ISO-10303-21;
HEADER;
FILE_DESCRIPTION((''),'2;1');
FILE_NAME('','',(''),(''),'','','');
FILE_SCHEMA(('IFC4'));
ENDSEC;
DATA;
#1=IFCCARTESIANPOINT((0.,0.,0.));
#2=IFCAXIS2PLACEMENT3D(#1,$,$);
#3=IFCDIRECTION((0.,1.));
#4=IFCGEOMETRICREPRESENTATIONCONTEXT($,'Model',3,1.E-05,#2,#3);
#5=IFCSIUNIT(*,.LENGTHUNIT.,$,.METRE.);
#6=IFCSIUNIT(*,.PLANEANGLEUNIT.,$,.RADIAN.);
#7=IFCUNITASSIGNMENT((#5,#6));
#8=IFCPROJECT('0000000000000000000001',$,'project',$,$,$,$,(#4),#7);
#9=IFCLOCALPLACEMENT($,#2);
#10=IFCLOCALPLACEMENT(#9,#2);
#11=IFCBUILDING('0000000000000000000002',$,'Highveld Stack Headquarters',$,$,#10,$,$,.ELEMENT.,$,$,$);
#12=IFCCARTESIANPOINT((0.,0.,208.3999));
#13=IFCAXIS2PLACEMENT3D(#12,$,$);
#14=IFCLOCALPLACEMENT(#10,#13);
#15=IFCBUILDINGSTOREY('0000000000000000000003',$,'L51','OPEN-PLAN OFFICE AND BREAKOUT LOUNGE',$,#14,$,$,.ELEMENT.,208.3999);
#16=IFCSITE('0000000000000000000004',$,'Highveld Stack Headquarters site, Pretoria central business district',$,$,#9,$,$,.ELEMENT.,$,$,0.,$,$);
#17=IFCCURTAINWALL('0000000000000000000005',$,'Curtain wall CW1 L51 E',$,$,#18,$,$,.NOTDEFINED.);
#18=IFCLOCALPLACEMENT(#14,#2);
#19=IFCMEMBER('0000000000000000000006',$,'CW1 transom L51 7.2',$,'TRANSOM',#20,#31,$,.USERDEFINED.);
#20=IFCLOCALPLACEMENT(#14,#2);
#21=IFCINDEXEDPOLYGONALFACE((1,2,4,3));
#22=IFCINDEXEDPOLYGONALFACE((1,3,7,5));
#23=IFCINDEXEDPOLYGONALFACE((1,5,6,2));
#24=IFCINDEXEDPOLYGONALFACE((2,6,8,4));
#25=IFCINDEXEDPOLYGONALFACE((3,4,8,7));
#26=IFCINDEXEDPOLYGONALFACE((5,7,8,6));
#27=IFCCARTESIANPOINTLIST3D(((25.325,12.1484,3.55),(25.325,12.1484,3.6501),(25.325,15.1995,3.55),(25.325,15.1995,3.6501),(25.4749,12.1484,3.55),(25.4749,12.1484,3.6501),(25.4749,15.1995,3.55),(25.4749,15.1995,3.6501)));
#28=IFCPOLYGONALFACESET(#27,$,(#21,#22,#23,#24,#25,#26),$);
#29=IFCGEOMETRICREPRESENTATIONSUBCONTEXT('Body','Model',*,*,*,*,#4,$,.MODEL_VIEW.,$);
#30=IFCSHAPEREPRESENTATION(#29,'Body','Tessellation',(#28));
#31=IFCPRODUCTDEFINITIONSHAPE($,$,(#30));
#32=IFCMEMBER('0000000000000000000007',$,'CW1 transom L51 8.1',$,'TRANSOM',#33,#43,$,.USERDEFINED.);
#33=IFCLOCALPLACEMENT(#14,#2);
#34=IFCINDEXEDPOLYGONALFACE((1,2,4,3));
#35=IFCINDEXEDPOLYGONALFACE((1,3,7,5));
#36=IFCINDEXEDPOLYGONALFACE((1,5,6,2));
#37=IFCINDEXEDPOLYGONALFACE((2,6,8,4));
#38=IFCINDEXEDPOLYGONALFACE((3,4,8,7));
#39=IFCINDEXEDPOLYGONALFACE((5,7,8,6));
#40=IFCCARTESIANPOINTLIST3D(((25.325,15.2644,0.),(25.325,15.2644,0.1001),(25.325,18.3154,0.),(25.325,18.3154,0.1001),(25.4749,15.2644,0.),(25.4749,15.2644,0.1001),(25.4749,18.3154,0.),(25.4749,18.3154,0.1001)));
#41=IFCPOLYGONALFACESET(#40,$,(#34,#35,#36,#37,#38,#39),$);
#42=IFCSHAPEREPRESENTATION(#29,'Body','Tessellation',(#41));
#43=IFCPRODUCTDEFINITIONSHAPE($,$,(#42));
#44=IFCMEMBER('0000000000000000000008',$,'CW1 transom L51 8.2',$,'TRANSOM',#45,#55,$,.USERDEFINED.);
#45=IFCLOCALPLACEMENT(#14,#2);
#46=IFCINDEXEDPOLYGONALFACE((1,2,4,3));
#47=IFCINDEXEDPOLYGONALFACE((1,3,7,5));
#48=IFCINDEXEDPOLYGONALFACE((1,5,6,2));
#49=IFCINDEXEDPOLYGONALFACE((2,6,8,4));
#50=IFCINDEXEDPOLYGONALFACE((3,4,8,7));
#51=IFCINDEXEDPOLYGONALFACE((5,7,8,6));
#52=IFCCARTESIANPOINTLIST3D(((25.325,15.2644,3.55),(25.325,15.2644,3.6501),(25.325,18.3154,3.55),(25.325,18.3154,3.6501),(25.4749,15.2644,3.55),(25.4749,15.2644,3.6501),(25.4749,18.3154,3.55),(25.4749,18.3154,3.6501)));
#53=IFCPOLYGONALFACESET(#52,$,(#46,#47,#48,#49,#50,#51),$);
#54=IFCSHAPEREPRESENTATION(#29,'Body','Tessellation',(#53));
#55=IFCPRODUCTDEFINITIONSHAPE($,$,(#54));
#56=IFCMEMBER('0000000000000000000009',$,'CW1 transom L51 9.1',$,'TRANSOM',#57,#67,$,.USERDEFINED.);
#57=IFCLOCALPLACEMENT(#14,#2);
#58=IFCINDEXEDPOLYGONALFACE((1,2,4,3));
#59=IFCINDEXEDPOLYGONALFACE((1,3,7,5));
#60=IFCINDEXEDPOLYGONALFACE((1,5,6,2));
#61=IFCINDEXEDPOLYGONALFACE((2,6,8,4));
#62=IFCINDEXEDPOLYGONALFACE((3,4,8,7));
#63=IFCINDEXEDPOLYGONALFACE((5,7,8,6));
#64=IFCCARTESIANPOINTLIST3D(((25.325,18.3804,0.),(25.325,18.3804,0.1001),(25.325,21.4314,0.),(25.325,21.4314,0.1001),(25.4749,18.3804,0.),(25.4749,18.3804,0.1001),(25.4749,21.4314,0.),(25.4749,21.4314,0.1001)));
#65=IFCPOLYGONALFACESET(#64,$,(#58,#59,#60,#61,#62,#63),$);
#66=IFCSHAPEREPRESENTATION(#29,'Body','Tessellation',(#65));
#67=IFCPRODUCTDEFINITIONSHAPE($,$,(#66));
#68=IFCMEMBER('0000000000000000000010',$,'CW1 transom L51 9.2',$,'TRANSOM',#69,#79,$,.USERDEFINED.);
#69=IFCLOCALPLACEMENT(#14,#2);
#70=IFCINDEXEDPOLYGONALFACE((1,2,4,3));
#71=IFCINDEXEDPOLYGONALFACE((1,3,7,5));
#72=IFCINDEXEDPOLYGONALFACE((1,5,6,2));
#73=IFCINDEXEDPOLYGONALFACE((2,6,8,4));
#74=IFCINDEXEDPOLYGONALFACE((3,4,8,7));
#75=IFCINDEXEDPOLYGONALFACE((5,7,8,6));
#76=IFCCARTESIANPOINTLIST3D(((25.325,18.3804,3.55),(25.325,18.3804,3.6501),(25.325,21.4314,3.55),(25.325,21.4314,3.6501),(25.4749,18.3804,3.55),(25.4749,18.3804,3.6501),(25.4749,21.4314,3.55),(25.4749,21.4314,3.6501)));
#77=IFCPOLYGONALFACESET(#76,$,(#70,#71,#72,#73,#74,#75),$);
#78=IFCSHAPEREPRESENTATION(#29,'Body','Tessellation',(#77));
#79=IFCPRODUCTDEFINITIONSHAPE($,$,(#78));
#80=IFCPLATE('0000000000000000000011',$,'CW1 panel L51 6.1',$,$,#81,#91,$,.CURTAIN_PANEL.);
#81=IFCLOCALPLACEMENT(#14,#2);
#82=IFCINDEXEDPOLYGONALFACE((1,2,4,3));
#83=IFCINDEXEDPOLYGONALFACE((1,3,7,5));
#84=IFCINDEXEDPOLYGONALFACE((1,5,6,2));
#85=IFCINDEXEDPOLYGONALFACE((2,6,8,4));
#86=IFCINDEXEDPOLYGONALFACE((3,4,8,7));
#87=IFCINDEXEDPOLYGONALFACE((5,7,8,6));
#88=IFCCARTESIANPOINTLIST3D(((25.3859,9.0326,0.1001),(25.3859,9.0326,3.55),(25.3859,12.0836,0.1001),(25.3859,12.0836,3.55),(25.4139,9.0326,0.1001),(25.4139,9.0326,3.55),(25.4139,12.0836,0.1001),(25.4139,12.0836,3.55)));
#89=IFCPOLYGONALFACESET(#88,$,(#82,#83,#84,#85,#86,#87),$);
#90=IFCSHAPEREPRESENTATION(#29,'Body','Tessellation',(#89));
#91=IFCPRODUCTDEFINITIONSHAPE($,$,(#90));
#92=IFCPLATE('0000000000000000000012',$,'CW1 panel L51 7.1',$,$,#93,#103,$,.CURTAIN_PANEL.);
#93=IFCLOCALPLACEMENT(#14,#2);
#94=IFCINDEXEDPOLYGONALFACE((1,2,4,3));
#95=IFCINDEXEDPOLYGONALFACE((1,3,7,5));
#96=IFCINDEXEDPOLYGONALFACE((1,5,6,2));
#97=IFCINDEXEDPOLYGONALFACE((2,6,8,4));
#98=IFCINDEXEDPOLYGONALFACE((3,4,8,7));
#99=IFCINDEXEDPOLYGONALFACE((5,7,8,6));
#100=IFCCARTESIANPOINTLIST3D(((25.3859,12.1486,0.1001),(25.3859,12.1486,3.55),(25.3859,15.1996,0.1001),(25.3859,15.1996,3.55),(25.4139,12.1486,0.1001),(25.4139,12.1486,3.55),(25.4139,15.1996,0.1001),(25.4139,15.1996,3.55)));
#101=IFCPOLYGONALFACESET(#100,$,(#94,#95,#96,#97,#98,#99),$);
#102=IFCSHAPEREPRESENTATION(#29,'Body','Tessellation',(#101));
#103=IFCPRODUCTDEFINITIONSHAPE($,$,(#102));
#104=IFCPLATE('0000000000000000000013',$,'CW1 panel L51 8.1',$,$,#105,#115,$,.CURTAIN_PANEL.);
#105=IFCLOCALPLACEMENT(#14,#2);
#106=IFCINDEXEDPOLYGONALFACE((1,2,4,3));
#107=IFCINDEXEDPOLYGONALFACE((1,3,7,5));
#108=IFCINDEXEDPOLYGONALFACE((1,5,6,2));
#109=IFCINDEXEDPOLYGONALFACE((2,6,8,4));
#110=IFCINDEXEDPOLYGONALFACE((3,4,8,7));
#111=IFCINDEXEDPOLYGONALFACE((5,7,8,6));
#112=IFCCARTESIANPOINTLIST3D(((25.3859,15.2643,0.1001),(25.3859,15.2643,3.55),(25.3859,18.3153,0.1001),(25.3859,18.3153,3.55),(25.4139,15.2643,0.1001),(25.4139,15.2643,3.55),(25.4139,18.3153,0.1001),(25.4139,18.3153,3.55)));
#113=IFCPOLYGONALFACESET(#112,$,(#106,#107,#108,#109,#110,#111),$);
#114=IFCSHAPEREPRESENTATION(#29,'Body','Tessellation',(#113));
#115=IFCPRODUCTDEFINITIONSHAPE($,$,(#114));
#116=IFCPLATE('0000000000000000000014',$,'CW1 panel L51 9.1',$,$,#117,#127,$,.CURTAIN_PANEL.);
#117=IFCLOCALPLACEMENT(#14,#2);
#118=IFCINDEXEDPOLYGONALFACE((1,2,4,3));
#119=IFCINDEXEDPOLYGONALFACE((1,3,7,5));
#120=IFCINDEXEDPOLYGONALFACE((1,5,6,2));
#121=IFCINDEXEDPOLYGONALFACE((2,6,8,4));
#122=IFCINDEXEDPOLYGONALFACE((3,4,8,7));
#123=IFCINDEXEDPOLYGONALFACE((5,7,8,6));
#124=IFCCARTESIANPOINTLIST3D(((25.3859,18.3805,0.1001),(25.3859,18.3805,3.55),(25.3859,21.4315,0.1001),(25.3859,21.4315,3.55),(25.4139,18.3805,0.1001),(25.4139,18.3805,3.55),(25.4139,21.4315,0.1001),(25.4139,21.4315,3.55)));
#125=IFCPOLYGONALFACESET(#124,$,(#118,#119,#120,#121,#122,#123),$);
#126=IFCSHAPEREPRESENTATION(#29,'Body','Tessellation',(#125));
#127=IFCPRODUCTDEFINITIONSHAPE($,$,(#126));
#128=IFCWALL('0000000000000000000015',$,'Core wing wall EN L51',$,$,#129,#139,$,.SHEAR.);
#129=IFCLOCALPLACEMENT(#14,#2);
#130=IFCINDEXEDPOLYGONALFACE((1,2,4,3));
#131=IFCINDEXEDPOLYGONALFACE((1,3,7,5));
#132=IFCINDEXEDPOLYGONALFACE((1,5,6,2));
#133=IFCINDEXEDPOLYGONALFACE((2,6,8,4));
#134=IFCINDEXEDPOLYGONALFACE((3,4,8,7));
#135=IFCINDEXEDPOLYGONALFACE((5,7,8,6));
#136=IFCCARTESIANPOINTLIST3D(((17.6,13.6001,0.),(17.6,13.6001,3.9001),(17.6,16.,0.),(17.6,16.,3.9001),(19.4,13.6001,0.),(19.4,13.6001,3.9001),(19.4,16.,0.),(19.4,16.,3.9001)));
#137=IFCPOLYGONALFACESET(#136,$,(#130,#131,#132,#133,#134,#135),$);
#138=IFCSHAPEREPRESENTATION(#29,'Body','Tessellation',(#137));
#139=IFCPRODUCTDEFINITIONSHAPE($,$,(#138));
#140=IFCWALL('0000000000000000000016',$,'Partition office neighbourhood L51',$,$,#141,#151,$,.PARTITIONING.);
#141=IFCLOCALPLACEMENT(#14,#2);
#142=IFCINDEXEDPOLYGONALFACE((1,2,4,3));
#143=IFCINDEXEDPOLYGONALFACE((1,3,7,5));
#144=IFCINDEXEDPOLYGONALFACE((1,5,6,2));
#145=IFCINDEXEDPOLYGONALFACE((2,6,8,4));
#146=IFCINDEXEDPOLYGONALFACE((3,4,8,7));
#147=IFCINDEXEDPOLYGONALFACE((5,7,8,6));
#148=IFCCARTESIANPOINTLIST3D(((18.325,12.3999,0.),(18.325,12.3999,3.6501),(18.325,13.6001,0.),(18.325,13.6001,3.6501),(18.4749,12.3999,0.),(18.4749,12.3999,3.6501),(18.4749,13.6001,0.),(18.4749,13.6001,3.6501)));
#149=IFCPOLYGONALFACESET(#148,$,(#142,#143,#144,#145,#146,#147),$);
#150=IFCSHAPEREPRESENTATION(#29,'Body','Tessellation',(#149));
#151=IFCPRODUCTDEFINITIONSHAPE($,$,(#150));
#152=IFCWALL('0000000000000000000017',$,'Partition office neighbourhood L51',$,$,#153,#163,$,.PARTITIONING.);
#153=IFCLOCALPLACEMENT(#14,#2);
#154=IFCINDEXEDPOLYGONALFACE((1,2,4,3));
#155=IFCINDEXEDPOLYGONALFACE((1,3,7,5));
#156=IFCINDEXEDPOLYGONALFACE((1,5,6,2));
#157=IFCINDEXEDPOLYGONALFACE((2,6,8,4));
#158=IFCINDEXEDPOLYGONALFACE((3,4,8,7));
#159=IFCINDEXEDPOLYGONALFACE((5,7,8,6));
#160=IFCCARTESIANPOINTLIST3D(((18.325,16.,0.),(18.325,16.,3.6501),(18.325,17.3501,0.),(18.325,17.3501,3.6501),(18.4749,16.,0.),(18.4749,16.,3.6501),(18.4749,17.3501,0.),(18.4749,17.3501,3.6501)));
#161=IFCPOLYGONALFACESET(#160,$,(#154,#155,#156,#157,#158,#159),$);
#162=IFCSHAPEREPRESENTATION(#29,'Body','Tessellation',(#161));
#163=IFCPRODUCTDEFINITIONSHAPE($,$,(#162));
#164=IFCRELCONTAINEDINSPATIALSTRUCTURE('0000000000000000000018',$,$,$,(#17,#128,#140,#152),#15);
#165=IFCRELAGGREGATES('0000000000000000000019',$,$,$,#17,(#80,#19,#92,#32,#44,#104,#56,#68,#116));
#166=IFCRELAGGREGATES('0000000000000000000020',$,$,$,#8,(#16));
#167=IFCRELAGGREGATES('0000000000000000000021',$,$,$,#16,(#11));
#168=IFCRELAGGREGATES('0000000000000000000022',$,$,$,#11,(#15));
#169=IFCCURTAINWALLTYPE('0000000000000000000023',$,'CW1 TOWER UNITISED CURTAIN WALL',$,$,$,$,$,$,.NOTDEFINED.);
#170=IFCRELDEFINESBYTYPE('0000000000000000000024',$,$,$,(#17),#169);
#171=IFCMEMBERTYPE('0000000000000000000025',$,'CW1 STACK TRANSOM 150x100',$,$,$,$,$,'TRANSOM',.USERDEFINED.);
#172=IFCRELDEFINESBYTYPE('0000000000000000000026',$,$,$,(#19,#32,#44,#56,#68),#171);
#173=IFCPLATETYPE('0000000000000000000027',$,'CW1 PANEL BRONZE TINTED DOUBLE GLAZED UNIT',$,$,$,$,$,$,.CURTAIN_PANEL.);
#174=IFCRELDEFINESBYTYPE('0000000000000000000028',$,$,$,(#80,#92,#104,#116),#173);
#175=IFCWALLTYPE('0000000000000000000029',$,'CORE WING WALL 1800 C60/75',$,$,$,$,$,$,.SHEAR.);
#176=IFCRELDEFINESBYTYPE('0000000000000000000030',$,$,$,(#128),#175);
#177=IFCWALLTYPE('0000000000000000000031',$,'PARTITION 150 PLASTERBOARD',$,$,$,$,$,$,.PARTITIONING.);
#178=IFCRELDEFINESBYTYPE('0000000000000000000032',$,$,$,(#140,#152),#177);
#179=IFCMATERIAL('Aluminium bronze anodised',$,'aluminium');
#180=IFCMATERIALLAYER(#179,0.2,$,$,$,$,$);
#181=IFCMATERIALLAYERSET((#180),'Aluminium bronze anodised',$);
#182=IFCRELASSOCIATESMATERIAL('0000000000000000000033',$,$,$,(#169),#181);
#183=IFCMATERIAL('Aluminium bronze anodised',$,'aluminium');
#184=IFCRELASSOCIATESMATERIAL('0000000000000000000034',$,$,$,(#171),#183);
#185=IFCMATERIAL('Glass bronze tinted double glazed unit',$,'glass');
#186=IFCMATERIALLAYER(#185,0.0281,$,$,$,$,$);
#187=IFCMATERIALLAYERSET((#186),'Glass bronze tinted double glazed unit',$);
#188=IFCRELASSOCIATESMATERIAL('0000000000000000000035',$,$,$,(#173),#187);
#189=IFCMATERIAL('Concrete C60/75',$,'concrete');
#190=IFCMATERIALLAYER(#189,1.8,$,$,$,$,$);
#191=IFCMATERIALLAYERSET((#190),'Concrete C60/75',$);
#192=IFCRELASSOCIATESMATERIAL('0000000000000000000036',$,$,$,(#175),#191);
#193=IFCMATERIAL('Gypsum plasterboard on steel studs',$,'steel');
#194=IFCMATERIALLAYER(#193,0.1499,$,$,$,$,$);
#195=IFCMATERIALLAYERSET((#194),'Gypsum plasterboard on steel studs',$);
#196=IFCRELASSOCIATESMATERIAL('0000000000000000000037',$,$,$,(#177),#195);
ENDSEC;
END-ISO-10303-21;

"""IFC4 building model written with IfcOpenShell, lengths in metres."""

from ifc_helpers import new_model, si_unit, direction, frame, frame_2d, origin, origin_2d, place, context, subcontext, project, spatial, rectangle, extrude, material, layer, layer_set, material_profile, profile_set, type_object, element, aggregate, save


model = new_model("IFC4")

# Units and contexts
model_context = context("Model", 3, precision=1e-05, world=origin(), true_north=direction((0.0, 1.0)))
body_context = subcontext(model_context, "Body", "Model", "MODEL_VIEW")
ifc_project = project(units=[si_unit("LENGTHUNIT", "METRE"), si_unit("PLANEANGLEUNIT", "RADIAN")], contexts=[model_context])

# Site, building, storey
site_placement = place(None, origin())
site = spatial("IfcSite", under=ifc_project, at=site_placement, Name="Highveld Stack Headquarters site, Pretoria central business district", CompositionType="ELEMENT", RefElevation=0.0)
building_placement = place(site_placement, origin())
building = spatial("IfcBuilding", under=site, at=building_placement, Name="Highveld Stack Headquarters", CompositionType="ELEMENT")
storey_placement = place(building_placement, frame((0.0, 0.0, 208.3999)))
storey = spatial("IfcBuildingStorey", under=building, at=storey_placement, Name="L51", Description="OPEN-PLAN OFFICE AND BREAKOUT LOUNGE", CompositionType="ELEMENT", Elevation=208.3999)

# Curtain wall, members, plates
ifc_material_1 = material(Name="Aluminium bronze anodised", Category="aluminium")
ifc_layer_1 = layer(ifc_material_1, 0.2)
ifc_layer_set_1 = layer_set([ifc_layer_1], Name="Aluminium bronze anodised")
curtain_wall_type = type_object("IfcCurtainWallType", Name="CW1 TOWER UNITISED CURTAIN WALL", PredefinedType="NOTDEFINED", material=ifc_layer_set_1)
curtain_wall_placement = place(storey_placement, origin())
curtain_wall = element("IfcCurtainWall", 1, at=curtain_wall_placement, inside=storey, type_object=curtain_wall_type, Name="Curtain wall CW1 L51 E", PredefinedType="NOTDEFINED")
ifc_material_2 = material(Name="Aluminium bronze anodised", Category="aluminium")
ifc_material_profile_1 = material_profile(ifc_material_2, rectangle(XDim=0.1499, YDim=0.1001, at=origin_2d()), Name="CW1 TRANSOM 150x100")
ifc_profile_set_1 = profile_set([ifc_material_profile_1], Name="Aluminium bronze anodised")
member_type_1 = type_object("IfcMemberType", Name="CW1 STACK TRANSOM 150x100", ElementType="TRANSOM", PredefinedType="USERDEFINED", material=ifc_profile_set_1)
member_1_placement = place(storey_placement, frame((25.3999, 12.1484, 3.6001), z_axis=(0.0, 1.0, 0.0), x_axis=(-1.0, 0.0, 0.0)))
member_1 = element("IfcMember", 2, at=member_1_placement, type_object=member_type_1, Name="CW1 transom L51 7.2", ObjectType="TRANSOM", PredefinedType="USERDEFINED", context=body_context, shape_type="SweptSolid", body=[
    extrude(rectangle(XDim=0.1499, YDim=0.1001, at=origin_2d()), origin(), (0.0, 0.0, 1.0), 3.051),
])
member_2_placement = place(storey_placement, frame((25.3999, 15.2644, 0.05), z_axis=(0.0, 1.0, 0.0), x_axis=(-1.0, 0.0, 0.0)))
member_2 = element("IfcMember", 3, at=member_2_placement, type_object=member_type_1, Name="CW1 transom L51 8.1", ObjectType="TRANSOM", PredefinedType="USERDEFINED", context=body_context, shape_type="SweptSolid", body=[
    extrude(rectangle(XDim=0.1499, YDim=0.1001, at=origin_2d()), origin(), (0.0, 0.0, 1.0), 3.051),
])
member_3_placement = place(storey_placement, frame((25.3999, 15.2644, 3.6001), z_axis=(0.0, 1.0, 0.0), x_axis=(-1.0, 0.0, 0.0)))
member_3 = element("IfcMember", 4, at=member_3_placement, type_object=member_type_1, Name="CW1 transom L51 8.2", ObjectType="TRANSOM", PredefinedType="USERDEFINED", context=body_context, shape_type="SweptSolid", body=[
    extrude(rectangle(XDim=0.1499, YDim=0.1001, at=origin_2d()), origin(), (0.0, 0.0, 1.0), 3.051),
])
member_4_placement = place(storey_placement, frame((25.3999, 18.3804, 0.05), z_axis=(0.0, 1.0, 0.0), x_axis=(-1.0, 0.0, 0.0)))
member_4 = element("IfcMember", 5, at=member_4_placement, type_object=member_type_1, Name="CW1 transom L51 9.1", ObjectType="TRANSOM", PredefinedType="USERDEFINED", context=body_context, shape_type="SweptSolid", body=[
    extrude(rectangle(XDim=0.1499, YDim=0.1001, at=origin_2d()), origin(), (0.0, 0.0, 1.0), 3.051),
])
member_5_placement = place(storey_placement, frame((25.3999, 18.3804, 3.6001), z_axis=(0.0, 1.0, 0.0), x_axis=(-1.0, 0.0, 0.0)))
member_5 = element("IfcMember", 6, at=member_5_placement, type_object=member_type_1, Name="CW1 transom L51 9.2", ObjectType="TRANSOM", PredefinedType="USERDEFINED", context=body_context, shape_type="SweptSolid", body=[
    extrude(rectangle(XDim=0.1499, YDim=0.1001, at=origin_2d()), origin(), (0.0, 0.0, 1.0), 3.051),
])
ifc_material_3 = material(Name="Glass bronze tinted double glazed unit", Category="glass")
ifc_layer_2 = layer(ifc_material_3, 0.0281)
ifc_layer_set_2 = layer_set([ifc_layer_2], Name="Glass bronze tinted double glazed unit")
plate_type = type_object("IfcPlateType", Name="CW1 PANEL BRONZE TINTED DOUBLE GLAZED UNIT", PredefinedType="CURTAIN_PANEL", material=ifc_layer_set_2)
plate_1_placement = place(storey_placement, frame((25.3999, 10.5581, 0.1001), z_axis=(0.0, 0.0, 1.0), x_axis=(0.0, 1.0, 0.0)))
plate_1 = element("IfcPlate", 7, at=plate_1_placement, type_object=plate_type, Name="CW1 panel L51 6.1", PredefinedType="CURTAIN_PANEL", context=body_context, shape_type="SweptSolid", body=[
    extrude(rectangle(XDim=3.051, YDim=0.0281, at=origin_2d()), origin(), (0.0, 0.0, 1.0), 3.45),
])
plate_2_placement = place(storey_placement, frame((25.3999, 13.6741, 0.1001), z_axis=(0.0, 0.0, 1.0), x_axis=(0.0, 1.0, 0.0)))
plate_2 = element("IfcPlate", 8, at=plate_2_placement, type_object=plate_type, Name="CW1 panel L51 7.1", PredefinedType="CURTAIN_PANEL", context=body_context, shape_type="SweptSolid", body=[
    extrude(rectangle(XDim=3.051, YDim=0.0281, at=origin_2d()), origin(), (0.0, 0.0, 1.0), 3.45),
])
plate_3_placement = place(storey_placement, frame((25.3999, 16.7898, 0.1001), z_axis=(0.0, 0.0, 1.0), x_axis=(0.0, 1.0, 0.0)))
plate_3 = element("IfcPlate", 9, at=plate_3_placement, type_object=plate_type, Name="CW1 panel L51 8.1", PredefinedType="CURTAIN_PANEL", context=body_context, shape_type="SweptSolid", body=[
    extrude(rectangle(XDim=3.051, YDim=0.0281, at=origin_2d()), origin(), (0.0, 0.0, 1.0), 3.45),
])
plate_4_placement = place(storey_placement, frame((25.3999, 19.906, 0.1001), z_axis=(0.0, 0.0, 1.0), x_axis=(0.0, 1.0, 0.0)))
plate_4 = element("IfcPlate", 10, at=plate_4_placement, type_object=plate_type, Name="CW1 panel L51 9.1", PredefinedType="CURTAIN_PANEL", context=body_context, shape_type="SweptSolid", body=[
    extrude(rectangle(XDim=3.051, YDim=0.0281, at=origin_2d()), origin(), (0.0, 0.0, 1.0), 3.45),
])
aggregate(curtain_wall, [plate_1, member_1, plate_2, member_2, member_3, plate_3, member_4, member_5, plate_4])

# Walls
ifc_material_4 = material(Name="Concrete C60/75", Category="concrete")
ifc_layer_3 = layer(ifc_material_4, 1.8)
ifc_layer_set_3 = layer_set([ifc_layer_3], Name="Concrete C60/75")
wall_type_1 = type_object("IfcWallType", Name="CORE WING WALL 1800 C60/75", PredefinedType="SHEAR", material=ifc_layer_set_3)
wall_1_placement = place(storey_placement, frame((18.5, 13.6001, 0.0), z_axis=(0.0, 0.0, 1.0), x_axis=(0.0, 1.0, 0.0)))
element("IfcWall", 11, at=wall_1_placement, inside=storey, type_object=wall_type_1, Name="Core wing wall EN L51", PredefinedType="SHEAR", context=body_context, shape_type="SweptSolid", body=[
    extrude(rectangle(XDim=2.3999, YDim=1.8, at=frame_2d((1.2, 0.0))), origin(), (0.0, 0.0, 1.0), 3.9001),
])
ifc_material_5 = material(Name="Gypsum plasterboard on steel studs", Category="steel")
ifc_layer_4 = layer(ifc_material_5, 0.1499)
ifc_layer_set_4 = layer_set([ifc_layer_4], Name="Gypsum plasterboard on steel studs")
wall_type_2 = type_object("IfcWallType", Name="PARTITION 150 PLASTERBOARD", PredefinedType="PARTITIONING", material=ifc_layer_set_4)
wall_2_placement = place(storey_placement, frame((18.3999, 12.3999, 0.0), z_axis=(0.0, 0.0, 1.0), x_axis=(0.0, 1.0, 0.0)))
element("IfcWall", 12, at=wall_2_placement, inside=storey, type_object=wall_type_2, Name="Partition office neighbourhood L51", PredefinedType="PARTITIONING", context=body_context, shape_type="SweptSolid", body=[
    extrude(rectangle(XDim=1.2002, YDim=0.1499, at=frame_2d((0.6001, 0.0))), origin(), (0.0, 0.0, 1.0), 3.6501),
])
wall_3_placement = place(storey_placement, frame((18.3999, 16.0, 0.0), z_axis=(0.0, 0.0, 1.0), x_axis=(0.0, 1.0, 0.0)))
element("IfcWall", 13, at=wall_3_placement, inside=storey, type_object=wall_type_2, Name="Partition office neighbourhood L51", PredefinedType="PARTITIONING", context=body_context, shape_type="SweptSolid", body=[
    extrude(rectangle(XDim=1.3501, YDim=0.1499, at=frame_2d((0.675, 0.0))), origin(), (0.0, 0.0, 1.0), 3.6501),
])

save(model, "model.ifc")
